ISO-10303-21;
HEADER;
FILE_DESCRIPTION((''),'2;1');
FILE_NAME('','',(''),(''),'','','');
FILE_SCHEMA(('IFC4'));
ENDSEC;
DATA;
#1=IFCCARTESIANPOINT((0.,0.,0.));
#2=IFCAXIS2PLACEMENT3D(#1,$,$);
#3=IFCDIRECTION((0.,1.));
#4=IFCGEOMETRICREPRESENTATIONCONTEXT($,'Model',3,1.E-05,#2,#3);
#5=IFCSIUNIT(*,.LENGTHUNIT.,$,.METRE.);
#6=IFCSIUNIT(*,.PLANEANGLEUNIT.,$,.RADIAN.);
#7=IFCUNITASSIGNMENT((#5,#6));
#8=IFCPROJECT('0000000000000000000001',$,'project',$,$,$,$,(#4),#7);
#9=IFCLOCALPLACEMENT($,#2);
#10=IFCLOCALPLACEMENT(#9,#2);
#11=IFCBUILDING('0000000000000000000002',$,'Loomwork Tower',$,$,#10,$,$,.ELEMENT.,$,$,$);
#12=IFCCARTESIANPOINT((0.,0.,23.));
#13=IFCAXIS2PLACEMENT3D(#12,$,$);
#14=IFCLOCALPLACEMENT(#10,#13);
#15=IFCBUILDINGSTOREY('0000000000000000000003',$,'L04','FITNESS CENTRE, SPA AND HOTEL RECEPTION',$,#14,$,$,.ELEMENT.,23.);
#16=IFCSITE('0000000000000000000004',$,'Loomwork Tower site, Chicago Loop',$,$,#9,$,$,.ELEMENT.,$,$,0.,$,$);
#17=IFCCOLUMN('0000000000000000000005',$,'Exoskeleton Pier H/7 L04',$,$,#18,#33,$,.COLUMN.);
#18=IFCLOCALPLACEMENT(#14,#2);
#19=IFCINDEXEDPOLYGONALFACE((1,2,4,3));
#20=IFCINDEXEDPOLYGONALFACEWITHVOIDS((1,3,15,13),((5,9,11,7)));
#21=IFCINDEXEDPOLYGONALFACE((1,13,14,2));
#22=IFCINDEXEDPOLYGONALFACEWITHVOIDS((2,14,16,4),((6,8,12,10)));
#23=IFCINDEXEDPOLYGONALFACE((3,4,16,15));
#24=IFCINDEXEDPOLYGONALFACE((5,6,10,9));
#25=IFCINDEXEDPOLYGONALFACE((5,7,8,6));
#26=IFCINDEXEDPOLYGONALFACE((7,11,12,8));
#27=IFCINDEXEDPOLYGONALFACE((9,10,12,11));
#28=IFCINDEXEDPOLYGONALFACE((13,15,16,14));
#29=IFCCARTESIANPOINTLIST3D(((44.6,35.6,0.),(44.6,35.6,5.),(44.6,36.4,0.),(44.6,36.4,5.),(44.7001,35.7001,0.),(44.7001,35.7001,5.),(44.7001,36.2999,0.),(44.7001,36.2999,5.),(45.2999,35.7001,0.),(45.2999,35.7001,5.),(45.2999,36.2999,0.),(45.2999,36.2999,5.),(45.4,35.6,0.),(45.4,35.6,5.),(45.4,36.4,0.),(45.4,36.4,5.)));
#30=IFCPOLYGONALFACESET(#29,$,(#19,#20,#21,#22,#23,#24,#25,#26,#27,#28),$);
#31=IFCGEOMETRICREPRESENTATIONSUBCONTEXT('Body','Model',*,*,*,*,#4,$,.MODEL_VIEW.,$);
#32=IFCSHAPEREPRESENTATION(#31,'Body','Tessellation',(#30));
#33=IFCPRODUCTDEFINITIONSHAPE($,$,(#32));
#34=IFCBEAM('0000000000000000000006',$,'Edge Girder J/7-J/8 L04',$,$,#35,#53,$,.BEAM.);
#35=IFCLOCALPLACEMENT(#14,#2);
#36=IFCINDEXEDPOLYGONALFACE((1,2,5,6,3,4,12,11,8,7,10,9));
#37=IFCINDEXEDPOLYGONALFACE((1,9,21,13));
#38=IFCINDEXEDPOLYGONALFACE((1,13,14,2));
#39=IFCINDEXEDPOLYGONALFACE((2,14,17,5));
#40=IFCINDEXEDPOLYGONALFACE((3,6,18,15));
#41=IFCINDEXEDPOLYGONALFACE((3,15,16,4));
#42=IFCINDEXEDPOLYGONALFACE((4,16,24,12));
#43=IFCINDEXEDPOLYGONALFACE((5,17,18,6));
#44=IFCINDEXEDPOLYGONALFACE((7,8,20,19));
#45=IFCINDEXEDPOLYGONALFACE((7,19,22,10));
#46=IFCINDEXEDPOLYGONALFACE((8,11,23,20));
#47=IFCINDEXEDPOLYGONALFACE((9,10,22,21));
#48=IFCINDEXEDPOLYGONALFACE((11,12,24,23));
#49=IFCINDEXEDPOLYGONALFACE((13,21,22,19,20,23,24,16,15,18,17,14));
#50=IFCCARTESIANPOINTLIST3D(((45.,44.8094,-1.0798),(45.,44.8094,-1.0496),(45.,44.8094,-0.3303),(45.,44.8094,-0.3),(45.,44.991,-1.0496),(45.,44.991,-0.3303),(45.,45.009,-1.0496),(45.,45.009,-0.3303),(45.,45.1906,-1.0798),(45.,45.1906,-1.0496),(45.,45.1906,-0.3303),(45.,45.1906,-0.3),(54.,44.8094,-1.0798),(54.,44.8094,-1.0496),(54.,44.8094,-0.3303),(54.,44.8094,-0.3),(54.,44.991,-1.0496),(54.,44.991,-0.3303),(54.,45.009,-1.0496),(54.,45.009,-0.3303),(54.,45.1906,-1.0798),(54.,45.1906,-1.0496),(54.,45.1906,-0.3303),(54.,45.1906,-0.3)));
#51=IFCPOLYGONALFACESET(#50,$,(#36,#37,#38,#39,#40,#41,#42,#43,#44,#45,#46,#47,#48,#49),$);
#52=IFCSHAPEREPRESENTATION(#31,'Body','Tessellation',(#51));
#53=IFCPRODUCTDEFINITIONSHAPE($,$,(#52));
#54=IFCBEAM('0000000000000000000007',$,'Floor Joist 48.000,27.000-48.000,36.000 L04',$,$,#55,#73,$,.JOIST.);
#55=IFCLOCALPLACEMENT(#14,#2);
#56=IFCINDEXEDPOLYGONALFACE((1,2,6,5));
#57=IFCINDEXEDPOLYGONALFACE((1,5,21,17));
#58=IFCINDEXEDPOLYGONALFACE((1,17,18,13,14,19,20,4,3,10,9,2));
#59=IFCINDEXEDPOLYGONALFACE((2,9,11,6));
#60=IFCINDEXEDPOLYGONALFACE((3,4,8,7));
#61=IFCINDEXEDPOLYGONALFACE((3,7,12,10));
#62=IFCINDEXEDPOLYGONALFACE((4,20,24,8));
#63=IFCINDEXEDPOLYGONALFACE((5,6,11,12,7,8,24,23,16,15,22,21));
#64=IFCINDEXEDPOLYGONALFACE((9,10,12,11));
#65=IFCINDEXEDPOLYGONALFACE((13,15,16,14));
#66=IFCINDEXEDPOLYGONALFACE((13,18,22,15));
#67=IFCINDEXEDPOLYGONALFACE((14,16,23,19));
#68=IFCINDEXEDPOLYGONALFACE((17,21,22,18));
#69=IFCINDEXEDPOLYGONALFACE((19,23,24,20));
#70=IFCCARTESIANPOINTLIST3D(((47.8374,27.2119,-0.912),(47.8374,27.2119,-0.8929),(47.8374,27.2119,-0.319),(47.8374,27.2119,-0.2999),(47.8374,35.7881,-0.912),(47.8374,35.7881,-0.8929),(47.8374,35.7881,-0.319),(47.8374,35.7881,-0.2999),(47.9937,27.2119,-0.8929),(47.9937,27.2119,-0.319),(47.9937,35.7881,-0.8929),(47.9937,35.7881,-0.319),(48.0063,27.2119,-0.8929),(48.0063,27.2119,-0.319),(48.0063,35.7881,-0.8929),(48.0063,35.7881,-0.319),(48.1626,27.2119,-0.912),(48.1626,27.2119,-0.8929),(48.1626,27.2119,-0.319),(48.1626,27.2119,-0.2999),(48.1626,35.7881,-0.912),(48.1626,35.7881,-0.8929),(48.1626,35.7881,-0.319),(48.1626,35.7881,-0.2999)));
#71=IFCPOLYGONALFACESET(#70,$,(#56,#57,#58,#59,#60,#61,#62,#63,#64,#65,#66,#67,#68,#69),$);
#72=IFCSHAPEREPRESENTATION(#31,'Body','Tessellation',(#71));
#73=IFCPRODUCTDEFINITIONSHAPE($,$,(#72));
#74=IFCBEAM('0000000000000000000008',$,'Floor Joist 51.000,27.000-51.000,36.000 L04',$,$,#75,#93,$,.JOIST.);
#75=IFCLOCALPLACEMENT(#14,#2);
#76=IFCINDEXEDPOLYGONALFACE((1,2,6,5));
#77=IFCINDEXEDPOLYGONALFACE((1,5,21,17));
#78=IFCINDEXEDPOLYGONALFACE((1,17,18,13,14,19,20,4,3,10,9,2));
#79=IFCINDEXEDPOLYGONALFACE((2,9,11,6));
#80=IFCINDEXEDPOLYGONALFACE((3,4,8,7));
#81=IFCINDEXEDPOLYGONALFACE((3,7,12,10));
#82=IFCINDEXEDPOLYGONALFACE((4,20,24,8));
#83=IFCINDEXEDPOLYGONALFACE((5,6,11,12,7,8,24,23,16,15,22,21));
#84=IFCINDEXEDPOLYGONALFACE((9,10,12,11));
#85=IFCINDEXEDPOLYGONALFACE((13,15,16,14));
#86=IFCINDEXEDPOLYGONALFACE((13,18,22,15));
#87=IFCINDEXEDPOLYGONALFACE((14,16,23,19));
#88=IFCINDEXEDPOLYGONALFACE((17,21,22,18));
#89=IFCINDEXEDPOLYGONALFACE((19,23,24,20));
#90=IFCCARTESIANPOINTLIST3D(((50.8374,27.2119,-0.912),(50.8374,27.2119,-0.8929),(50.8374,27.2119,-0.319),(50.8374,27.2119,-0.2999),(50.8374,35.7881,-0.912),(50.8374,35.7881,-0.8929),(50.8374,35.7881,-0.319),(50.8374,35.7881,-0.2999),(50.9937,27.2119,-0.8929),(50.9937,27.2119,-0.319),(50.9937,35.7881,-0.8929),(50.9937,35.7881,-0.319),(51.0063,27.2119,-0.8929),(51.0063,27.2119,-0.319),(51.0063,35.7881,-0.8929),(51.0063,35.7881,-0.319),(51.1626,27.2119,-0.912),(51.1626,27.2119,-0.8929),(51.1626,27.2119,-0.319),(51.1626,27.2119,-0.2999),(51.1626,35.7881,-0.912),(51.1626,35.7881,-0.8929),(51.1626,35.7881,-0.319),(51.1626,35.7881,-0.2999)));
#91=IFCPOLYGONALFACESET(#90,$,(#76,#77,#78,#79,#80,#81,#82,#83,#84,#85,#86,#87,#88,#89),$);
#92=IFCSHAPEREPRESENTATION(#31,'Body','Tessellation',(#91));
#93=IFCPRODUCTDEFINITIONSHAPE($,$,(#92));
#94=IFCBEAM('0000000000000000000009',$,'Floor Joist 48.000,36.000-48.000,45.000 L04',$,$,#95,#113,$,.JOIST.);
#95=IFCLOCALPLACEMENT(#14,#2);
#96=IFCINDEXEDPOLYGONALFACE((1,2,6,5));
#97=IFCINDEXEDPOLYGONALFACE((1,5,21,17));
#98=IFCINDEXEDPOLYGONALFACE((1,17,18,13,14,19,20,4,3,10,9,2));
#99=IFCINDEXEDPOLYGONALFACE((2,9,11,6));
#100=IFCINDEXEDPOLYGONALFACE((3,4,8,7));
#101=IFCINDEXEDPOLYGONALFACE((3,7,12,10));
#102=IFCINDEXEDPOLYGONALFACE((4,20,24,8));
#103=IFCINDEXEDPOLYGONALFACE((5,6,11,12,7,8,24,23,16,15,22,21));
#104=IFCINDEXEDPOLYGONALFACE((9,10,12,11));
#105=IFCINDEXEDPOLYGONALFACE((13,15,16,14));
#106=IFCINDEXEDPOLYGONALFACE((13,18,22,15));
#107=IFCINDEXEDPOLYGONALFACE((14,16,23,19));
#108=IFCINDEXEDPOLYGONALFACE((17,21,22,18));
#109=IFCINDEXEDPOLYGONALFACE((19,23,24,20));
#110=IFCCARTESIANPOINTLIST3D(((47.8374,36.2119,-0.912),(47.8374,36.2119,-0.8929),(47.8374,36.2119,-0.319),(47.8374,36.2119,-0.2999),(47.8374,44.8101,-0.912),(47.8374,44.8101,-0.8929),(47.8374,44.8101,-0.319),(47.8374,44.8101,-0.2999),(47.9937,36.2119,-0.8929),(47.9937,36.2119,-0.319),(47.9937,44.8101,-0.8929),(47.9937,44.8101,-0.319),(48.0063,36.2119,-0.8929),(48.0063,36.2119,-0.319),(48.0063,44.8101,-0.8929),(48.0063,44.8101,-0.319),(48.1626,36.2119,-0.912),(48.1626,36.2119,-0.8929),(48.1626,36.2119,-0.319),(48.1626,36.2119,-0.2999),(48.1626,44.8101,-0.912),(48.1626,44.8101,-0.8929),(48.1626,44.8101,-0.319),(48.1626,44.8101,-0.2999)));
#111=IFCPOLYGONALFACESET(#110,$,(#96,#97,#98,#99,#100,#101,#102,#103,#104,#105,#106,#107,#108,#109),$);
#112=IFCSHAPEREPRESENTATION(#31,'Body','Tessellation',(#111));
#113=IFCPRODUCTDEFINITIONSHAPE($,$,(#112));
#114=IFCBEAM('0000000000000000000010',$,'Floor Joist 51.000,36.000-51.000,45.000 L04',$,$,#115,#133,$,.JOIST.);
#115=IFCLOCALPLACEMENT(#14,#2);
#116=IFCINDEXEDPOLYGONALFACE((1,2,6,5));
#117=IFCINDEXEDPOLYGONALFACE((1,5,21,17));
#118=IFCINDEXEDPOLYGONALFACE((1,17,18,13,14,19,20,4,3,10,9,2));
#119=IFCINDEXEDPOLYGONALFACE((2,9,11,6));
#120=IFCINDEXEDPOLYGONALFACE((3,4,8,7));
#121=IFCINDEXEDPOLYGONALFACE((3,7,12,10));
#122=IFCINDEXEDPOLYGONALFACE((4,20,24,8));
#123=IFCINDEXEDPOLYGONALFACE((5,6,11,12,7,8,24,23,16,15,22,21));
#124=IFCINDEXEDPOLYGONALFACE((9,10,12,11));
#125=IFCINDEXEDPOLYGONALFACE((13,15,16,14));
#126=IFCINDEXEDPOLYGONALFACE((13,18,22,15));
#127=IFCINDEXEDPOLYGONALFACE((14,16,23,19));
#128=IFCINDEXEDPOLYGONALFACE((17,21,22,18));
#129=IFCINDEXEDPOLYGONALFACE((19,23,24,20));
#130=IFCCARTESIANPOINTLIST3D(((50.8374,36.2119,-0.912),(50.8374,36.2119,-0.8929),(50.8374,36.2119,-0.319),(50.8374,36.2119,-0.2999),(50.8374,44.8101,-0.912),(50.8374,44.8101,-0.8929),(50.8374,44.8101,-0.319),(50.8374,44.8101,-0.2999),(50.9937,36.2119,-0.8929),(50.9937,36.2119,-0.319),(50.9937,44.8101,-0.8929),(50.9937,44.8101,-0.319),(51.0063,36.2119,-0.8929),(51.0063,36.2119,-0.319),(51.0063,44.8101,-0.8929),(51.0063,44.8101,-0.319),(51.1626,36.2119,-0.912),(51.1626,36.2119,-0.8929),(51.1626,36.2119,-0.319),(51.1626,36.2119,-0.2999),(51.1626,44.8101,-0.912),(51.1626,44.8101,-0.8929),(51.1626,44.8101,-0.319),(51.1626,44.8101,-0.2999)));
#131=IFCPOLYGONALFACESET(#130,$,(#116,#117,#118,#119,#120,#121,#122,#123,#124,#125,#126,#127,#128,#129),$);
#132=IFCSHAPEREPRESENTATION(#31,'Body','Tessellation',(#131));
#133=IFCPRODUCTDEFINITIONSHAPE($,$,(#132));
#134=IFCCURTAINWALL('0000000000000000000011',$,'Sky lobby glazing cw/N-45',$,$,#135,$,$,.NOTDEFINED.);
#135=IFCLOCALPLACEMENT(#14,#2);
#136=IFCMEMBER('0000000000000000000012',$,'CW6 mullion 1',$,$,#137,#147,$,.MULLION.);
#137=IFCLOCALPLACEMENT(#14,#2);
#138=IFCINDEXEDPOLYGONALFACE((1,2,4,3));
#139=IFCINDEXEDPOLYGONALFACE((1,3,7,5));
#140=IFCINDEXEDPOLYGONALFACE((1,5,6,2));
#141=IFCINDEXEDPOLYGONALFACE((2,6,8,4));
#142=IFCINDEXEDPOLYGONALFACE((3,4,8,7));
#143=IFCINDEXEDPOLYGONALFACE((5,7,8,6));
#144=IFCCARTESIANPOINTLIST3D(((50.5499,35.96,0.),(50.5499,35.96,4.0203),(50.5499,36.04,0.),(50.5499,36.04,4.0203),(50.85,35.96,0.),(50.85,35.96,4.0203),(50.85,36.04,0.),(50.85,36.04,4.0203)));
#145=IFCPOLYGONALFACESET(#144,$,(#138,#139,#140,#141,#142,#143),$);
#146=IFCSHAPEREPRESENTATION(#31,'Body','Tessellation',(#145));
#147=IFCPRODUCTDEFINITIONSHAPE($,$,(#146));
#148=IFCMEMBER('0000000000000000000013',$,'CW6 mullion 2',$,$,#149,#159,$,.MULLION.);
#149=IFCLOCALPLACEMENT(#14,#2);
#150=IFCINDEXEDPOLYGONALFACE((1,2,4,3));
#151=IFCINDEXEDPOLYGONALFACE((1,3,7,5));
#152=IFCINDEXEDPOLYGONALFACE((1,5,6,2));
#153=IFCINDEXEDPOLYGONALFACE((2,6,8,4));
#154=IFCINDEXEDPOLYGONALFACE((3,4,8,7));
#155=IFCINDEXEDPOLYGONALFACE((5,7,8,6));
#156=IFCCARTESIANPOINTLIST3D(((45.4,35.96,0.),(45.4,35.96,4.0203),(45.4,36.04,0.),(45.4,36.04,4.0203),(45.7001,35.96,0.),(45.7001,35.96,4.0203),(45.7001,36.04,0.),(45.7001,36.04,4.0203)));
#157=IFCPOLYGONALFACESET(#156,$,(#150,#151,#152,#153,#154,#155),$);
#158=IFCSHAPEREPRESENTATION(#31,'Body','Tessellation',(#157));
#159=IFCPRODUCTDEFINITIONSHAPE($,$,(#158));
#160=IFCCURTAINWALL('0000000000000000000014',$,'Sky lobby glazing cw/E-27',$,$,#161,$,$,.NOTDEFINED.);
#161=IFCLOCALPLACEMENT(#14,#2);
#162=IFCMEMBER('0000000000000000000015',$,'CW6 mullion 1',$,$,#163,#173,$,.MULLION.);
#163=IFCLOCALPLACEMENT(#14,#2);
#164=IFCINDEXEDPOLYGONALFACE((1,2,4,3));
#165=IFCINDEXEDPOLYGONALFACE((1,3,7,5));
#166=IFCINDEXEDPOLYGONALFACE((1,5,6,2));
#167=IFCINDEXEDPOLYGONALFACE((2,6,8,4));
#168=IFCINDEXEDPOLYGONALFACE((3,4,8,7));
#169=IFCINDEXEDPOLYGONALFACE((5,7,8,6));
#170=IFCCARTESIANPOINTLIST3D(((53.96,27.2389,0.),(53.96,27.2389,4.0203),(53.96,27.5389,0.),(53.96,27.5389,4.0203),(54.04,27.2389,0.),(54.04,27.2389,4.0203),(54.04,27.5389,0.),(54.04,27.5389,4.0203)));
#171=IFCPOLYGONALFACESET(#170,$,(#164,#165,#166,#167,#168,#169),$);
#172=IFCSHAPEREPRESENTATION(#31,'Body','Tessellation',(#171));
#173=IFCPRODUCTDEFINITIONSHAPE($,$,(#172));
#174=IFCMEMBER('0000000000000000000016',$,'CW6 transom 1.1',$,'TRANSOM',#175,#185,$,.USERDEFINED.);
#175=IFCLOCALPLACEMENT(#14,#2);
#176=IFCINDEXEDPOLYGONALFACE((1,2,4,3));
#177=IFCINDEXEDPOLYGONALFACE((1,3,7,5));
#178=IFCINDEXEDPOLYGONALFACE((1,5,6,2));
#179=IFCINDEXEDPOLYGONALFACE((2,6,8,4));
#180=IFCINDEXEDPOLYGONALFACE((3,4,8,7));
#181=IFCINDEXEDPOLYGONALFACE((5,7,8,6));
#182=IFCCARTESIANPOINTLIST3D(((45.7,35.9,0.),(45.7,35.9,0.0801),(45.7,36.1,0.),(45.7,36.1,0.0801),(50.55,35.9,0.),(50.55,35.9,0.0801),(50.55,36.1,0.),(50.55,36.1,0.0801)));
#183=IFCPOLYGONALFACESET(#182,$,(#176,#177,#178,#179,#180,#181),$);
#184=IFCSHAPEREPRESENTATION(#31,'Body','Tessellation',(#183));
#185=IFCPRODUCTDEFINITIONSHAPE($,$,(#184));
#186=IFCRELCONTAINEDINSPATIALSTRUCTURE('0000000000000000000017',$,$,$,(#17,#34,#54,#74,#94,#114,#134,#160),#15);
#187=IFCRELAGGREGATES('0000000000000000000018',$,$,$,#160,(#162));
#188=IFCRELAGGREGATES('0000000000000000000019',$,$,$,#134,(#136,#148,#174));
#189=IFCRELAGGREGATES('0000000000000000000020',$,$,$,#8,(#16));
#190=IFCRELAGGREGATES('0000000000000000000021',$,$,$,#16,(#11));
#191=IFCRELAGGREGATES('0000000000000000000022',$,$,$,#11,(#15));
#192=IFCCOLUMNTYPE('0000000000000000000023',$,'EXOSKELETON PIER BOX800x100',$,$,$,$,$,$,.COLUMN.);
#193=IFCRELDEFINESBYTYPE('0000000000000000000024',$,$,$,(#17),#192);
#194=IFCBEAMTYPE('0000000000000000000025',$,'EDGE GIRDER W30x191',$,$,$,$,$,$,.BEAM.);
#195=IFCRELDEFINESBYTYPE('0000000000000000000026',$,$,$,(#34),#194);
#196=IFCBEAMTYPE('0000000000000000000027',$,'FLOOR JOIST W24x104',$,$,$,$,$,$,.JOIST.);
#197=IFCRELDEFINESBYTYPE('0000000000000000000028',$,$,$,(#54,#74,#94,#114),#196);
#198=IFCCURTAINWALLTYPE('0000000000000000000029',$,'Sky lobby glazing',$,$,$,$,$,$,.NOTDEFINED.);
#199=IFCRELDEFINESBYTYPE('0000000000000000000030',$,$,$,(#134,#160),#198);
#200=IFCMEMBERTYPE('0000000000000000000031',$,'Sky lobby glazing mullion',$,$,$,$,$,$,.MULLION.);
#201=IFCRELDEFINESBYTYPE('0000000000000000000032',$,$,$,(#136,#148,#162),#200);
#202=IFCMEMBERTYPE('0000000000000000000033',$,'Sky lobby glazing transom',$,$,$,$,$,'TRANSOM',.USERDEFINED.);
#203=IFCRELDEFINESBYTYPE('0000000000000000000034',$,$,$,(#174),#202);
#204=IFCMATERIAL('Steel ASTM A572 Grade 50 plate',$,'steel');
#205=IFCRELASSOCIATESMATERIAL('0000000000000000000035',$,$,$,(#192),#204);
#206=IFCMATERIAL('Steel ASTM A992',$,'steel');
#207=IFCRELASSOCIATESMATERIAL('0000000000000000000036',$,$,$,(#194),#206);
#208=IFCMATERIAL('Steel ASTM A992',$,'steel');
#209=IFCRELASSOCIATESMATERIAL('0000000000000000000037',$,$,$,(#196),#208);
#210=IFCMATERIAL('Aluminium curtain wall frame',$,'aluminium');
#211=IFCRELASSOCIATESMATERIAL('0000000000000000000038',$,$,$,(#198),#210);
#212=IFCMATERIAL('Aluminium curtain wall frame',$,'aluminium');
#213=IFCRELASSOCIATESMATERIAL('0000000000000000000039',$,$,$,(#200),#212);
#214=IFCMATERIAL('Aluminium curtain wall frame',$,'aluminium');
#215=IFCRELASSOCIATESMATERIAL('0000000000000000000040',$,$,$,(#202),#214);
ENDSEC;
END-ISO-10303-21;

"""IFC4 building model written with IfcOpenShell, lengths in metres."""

from ifc_helpers import new_model, si_unit, direction, frame, origin, origin_2d, place, context, subcontext, project, spatial, rectangle, hollow_rectangle, i_section, extrude, material, material_profile, profile_set, type_object, element, aggregate, save


model = new_model("IFC4")

# Units and contexts
model_context = context("Model", 3, precision=1e-05, world=origin(), true_north=direction((0.0, 1.0)))
body_context = subcontext(model_context, "Body", "Model", "MODEL_VIEW")
ifc_project = project(units=[si_unit("LENGTHUNIT", "METRE"), si_unit("PLANEANGLEUNIT", "RADIAN")], contexts=[model_context])

# Site, building, storey
site_placement = place(None, origin())
site = spatial("IfcSite", under=ifc_project, at=site_placement, Name="Loomwork Tower site, Chicago Loop", CompositionType="ELEMENT", RefElevation=0.0)
building_placement = place(site_placement, origin())
building = spatial("IfcBuilding", under=site, at=building_placement, Name="Loomwork Tower", CompositionType="ELEMENT")
storey_placement = place(building_placement, frame((0.0, 0.0, 23.0)))
storey = spatial("IfcBuildingStorey", under=building, at=storey_placement, Name="L04", Description="FITNESS CENTRE, SPA AND HOTEL RECEPTION", CompositionType="ELEMENT", Elevation=23.0)

# Column
ifc_material_1 = material(Name="Steel ASTM A572 Grade 50 plate", Category="steel")
ifc_material_profile_1 = material_profile(ifc_material_1, hollow_rectangle(XDim=0.8, YDim=0.8, WallThickness=0.1001, at=origin_2d()), Name="BOX800x100")
ifc_profile_set_1 = profile_set([ifc_material_profile_1], Name="Steel ASTM A572 Grade 50 plate")
column_type = type_object("IfcColumnType", Name="EXOSKELETON PIER BOX800x100", PredefinedType="COLUMN", material=ifc_profile_set_1)
column_placement = place(storey_placement, frame((45.0, 36.0, 0.0), z_axis=(0.0, 0.0, 1.0), x_axis=(1.0, 0.0, 0.0)))
element("IfcColumn", 1, at=column_placement, inside=storey, type_object=column_type, Name="Exoskeleton Pier H/7 L04", PredefinedType="COLUMN", context=body_context, shape_type="SweptSolid", body=[
    extrude(hollow_rectangle(XDim=0.8, YDim=0.8, WallThickness=0.1001, at=origin_2d()), origin(), (0.0, 0.0, 1.0), 5.0),
])

# Beams
ifc_material_2 = material(Name="Steel ASTM A992", Category="steel")
ifc_material_profile_2 = material_profile(ifc_material_2, i_section(OverallWidth=0.3811, OverallDepth=0.7798, WebThickness=0.0181, FlangeThickness=0.0303, at=origin_2d()), Name="W30x191")
ifc_profile_set_2 = profile_set([ifc_material_profile_2], Name="Steel ASTM A992")
beam_type_1 = type_object("IfcBeamType", Name="EDGE GIRDER W30x191", PredefinedType="BEAM", material=ifc_profile_set_2)
beam_placement = place(storey_placement, frame((45.0, 45.0, -0.6899), z_axis=(1.0, 0.0, 0.0), x_axis=(0.0, 1.0, 0.0)))
element("IfcBeam", 2, at=beam_placement, inside=storey, type_object=beam_type_1, Name="Edge Girder J/7-J/8 L04", PredefinedType="BEAM", context=body_context, shape_type="SweptSolid", body=[
    extrude(i_section(OverallWidth=0.3811, OverallDepth=0.7798, WebThickness=0.0181, FlangeThickness=0.0303, at=origin_2d()), origin(), (0.0, 0.0, 1.0), 9.0),
])
ifc_material_3 = material(Name="Steel ASTM A992", Category="steel")
ifc_material_profile_3 = material_profile(ifc_material_3, i_section(OverallWidth=0.3252, OverallDepth=0.6121, WebThickness=0.0127, FlangeThickness=0.019, at=origin_2d()), Name="W24x104")
ifc_profile_set_3 = profile_set([ifc_material_profile_3], Name="Steel ASTM A992")
beam_type_2 = type_object("IfcBeamType", Name="FLOOR JOIST W24x104", PredefinedType="JOIST", material=ifc_profile_set_3)
for number, where, z_axis, x_axis, name in (
    (3, (48.0, 27.2119, -0.606), (0.0, 1.0, 0.0), (-1.0, 0.0, 0.0), "Floor Joist 48.000,27.000-48.000,36.000 L04"),
    (4, (51.0, 27.2119, -0.606), (0.0, 1.0, 0.0), (-1.0, 0.0, 0.0), "Floor Joist 51.000,27.000-51.000,36.000 L04"),
):
    element("IfcBeam", number, at=place(storey_placement, frame(where, z_axis=z_axis, x_axis=x_axis)), inside=storey, type_object=beam_type_2, Name=name, PredefinedType="JOIST", context=body_context, shape_type="SweptSolid", body=[
        extrude(i_section(OverallWidth=0.3252, OverallDepth=0.6121, WebThickness=0.0127, FlangeThickness=0.019, at=origin_2d()), origin(), (0.0, 0.0, 1.0), 8.5762),
    ])
for number, where, z_axis, x_axis, name in (
    (5, (48.0, 36.2119, -0.606), (0.0, 1.0, 0.0), (-1.0, 0.0, 0.0), "Floor Joist 48.000,36.000-48.000,45.000 L04"),
    (6, (51.0, 36.2119, -0.606), (0.0, 1.0, 0.0), (-1.0, 0.0, 0.0), "Floor Joist 51.000,36.000-51.000,45.000 L04"),
):
    element("IfcBeam", number, at=place(storey_placement, frame(where, z_axis=z_axis, x_axis=x_axis)), inside=storey, type_object=beam_type_2, Name=name, PredefinedType="JOIST", context=body_context, shape_type="SweptSolid", body=[
        extrude(i_section(OverallWidth=0.3252, OverallDepth=0.6121, WebThickness=0.0127, FlangeThickness=0.019, at=origin_2d()), origin(), (0.0, 0.0, 1.0), 8.5981),
    ])

# Curtain wall, members
ifc_material_4 = material(Name="Aluminium curtain wall frame", Category="aluminium")
curtain_wall_type = type_object("IfcCurtainWallType", Name="Sky lobby glazing", PredefinedType="NOTDEFINED", material=ifc_material_4)
curtain_wall_1_placement = place(storey_placement, origin())
curtain_wall_1 = element("IfcCurtainWall", 7, at=curtain_wall_1_placement, inside=storey, type_object=curtain_wall_type, Name="Sky lobby glazing cw/N-45", PredefinedType="NOTDEFINED")
ifc_material_5 = material(Name="Aluminium curtain wall frame", Category="aluminium")
ifc_material_profile_4 = material_profile(ifc_material_5, rectangle(XDim=0.0801, YDim=0.3, at=origin_2d()), Name="AL 80x300")
ifc_profile_set_4 = profile_set([ifc_material_profile_4], Name="Aluminium curtain wall frame")
member_type_1 = type_object("IfcMemberType", Name="Sky lobby glazing mullion", PredefinedType="MULLION", material=ifc_profile_set_4)
member_1_placement = place(storey_placement, frame((50.7, 36.0, 0.0), z_axis=(0.0, 0.0, 1.0), x_axis=(0.0, -1.0, 0.0)))
member_1 = element("IfcMember", 8, at=member_1_placement, type_object=member_type_1, Name="CW6 mullion 1", PredefinedType="MULLION", context=body_context, shape_type="SweptSolid", body=[
    extrude(rectangle(XDim=0.0801, YDim=0.3, at=origin_2d()), origin(), (0.0, 0.0, 1.0), 4.0203),
])
member_2_placement = place(storey_placement, frame((45.55, 36.0, 0.0), z_axis=(0.0, 0.0, 1.0), x_axis=(0.0, -1.0, 0.0)))
member_2 = element("IfcMember", 9, at=member_2_placement, type_object=member_type_1, Name="CW6 mullion 2", PredefinedType="MULLION", context=body_context, shape_type="SweptSolid", body=[
    extrude(rectangle(XDim=0.0801, YDim=0.3, at=origin_2d()), origin(), (0.0, 0.0, 1.0), 4.0203),
])

# Curtain wall, member
curtain_wall_2_placement = place(storey_placement, origin())
curtain_wall_2 = element("IfcCurtainWall", 10, at=curtain_wall_2_placement, inside=storey, type_object=curtain_wall_type, Name="Sky lobby glazing cw/E-27", PredefinedType="NOTDEFINED")
member_3_placement = place(storey_placement, frame((54.0, 27.3889, 0.0), z_axis=(0.0, 0.0, 1.0), x_axis=(-1.0, 0.0, 0.0)))
member_3 = element("IfcMember", 11, at=member_3_placement, type_object=member_type_1, Name="CW6 mullion 1", PredefinedType="MULLION", context=body_context, shape_type="SweptSolid", body=[
    extrude(rectangle(XDim=0.0801, YDim=0.3, at=origin_2d()), origin(), (0.0, 0.0, 1.0), 4.0203),
])
aggregate(curtain_wall_2, [member_3])

# Member
ifc_material_6 = material(Name="Aluminium curtain wall frame", Category="aluminium")
ifc_material_profile_5 = material_profile(ifc_material_6, rectangle(XDim=0.2, YDim=0.0801, at=origin_2d()), Name="AL 80x200")
ifc_profile_set_5 = profile_set([ifc_material_profile_5], Name="Aluminium curtain wall frame")
member_type_2 = type_object("IfcMemberType", Name="Sky lobby glazing transom", ElementType="TRANSOM", PredefinedType="USERDEFINED", material=ifc_profile_set_5)
member_4_placement = place(storey_placement, frame((50.55, 36.0, 0.04), z_axis=(-1.0, 0.0, 0.0), x_axis=(0.0, -1.0, 0.0)))
member_4 = element("IfcMember", 12, at=member_4_placement, type_object=member_type_2, Name="CW6 transom 1.1", ObjectType="TRANSOM", PredefinedType="USERDEFINED", context=body_context, shape_type="SweptSolid", body=[
    extrude(rectangle(XDim=0.2, YDim=0.0801, at=origin_2d()), origin(), (0.0, 0.0, 1.0), 4.8501),
])

aggregate(curtain_wall_1, [member_1, member_2, member_4])

save(model, "model.ifc")
